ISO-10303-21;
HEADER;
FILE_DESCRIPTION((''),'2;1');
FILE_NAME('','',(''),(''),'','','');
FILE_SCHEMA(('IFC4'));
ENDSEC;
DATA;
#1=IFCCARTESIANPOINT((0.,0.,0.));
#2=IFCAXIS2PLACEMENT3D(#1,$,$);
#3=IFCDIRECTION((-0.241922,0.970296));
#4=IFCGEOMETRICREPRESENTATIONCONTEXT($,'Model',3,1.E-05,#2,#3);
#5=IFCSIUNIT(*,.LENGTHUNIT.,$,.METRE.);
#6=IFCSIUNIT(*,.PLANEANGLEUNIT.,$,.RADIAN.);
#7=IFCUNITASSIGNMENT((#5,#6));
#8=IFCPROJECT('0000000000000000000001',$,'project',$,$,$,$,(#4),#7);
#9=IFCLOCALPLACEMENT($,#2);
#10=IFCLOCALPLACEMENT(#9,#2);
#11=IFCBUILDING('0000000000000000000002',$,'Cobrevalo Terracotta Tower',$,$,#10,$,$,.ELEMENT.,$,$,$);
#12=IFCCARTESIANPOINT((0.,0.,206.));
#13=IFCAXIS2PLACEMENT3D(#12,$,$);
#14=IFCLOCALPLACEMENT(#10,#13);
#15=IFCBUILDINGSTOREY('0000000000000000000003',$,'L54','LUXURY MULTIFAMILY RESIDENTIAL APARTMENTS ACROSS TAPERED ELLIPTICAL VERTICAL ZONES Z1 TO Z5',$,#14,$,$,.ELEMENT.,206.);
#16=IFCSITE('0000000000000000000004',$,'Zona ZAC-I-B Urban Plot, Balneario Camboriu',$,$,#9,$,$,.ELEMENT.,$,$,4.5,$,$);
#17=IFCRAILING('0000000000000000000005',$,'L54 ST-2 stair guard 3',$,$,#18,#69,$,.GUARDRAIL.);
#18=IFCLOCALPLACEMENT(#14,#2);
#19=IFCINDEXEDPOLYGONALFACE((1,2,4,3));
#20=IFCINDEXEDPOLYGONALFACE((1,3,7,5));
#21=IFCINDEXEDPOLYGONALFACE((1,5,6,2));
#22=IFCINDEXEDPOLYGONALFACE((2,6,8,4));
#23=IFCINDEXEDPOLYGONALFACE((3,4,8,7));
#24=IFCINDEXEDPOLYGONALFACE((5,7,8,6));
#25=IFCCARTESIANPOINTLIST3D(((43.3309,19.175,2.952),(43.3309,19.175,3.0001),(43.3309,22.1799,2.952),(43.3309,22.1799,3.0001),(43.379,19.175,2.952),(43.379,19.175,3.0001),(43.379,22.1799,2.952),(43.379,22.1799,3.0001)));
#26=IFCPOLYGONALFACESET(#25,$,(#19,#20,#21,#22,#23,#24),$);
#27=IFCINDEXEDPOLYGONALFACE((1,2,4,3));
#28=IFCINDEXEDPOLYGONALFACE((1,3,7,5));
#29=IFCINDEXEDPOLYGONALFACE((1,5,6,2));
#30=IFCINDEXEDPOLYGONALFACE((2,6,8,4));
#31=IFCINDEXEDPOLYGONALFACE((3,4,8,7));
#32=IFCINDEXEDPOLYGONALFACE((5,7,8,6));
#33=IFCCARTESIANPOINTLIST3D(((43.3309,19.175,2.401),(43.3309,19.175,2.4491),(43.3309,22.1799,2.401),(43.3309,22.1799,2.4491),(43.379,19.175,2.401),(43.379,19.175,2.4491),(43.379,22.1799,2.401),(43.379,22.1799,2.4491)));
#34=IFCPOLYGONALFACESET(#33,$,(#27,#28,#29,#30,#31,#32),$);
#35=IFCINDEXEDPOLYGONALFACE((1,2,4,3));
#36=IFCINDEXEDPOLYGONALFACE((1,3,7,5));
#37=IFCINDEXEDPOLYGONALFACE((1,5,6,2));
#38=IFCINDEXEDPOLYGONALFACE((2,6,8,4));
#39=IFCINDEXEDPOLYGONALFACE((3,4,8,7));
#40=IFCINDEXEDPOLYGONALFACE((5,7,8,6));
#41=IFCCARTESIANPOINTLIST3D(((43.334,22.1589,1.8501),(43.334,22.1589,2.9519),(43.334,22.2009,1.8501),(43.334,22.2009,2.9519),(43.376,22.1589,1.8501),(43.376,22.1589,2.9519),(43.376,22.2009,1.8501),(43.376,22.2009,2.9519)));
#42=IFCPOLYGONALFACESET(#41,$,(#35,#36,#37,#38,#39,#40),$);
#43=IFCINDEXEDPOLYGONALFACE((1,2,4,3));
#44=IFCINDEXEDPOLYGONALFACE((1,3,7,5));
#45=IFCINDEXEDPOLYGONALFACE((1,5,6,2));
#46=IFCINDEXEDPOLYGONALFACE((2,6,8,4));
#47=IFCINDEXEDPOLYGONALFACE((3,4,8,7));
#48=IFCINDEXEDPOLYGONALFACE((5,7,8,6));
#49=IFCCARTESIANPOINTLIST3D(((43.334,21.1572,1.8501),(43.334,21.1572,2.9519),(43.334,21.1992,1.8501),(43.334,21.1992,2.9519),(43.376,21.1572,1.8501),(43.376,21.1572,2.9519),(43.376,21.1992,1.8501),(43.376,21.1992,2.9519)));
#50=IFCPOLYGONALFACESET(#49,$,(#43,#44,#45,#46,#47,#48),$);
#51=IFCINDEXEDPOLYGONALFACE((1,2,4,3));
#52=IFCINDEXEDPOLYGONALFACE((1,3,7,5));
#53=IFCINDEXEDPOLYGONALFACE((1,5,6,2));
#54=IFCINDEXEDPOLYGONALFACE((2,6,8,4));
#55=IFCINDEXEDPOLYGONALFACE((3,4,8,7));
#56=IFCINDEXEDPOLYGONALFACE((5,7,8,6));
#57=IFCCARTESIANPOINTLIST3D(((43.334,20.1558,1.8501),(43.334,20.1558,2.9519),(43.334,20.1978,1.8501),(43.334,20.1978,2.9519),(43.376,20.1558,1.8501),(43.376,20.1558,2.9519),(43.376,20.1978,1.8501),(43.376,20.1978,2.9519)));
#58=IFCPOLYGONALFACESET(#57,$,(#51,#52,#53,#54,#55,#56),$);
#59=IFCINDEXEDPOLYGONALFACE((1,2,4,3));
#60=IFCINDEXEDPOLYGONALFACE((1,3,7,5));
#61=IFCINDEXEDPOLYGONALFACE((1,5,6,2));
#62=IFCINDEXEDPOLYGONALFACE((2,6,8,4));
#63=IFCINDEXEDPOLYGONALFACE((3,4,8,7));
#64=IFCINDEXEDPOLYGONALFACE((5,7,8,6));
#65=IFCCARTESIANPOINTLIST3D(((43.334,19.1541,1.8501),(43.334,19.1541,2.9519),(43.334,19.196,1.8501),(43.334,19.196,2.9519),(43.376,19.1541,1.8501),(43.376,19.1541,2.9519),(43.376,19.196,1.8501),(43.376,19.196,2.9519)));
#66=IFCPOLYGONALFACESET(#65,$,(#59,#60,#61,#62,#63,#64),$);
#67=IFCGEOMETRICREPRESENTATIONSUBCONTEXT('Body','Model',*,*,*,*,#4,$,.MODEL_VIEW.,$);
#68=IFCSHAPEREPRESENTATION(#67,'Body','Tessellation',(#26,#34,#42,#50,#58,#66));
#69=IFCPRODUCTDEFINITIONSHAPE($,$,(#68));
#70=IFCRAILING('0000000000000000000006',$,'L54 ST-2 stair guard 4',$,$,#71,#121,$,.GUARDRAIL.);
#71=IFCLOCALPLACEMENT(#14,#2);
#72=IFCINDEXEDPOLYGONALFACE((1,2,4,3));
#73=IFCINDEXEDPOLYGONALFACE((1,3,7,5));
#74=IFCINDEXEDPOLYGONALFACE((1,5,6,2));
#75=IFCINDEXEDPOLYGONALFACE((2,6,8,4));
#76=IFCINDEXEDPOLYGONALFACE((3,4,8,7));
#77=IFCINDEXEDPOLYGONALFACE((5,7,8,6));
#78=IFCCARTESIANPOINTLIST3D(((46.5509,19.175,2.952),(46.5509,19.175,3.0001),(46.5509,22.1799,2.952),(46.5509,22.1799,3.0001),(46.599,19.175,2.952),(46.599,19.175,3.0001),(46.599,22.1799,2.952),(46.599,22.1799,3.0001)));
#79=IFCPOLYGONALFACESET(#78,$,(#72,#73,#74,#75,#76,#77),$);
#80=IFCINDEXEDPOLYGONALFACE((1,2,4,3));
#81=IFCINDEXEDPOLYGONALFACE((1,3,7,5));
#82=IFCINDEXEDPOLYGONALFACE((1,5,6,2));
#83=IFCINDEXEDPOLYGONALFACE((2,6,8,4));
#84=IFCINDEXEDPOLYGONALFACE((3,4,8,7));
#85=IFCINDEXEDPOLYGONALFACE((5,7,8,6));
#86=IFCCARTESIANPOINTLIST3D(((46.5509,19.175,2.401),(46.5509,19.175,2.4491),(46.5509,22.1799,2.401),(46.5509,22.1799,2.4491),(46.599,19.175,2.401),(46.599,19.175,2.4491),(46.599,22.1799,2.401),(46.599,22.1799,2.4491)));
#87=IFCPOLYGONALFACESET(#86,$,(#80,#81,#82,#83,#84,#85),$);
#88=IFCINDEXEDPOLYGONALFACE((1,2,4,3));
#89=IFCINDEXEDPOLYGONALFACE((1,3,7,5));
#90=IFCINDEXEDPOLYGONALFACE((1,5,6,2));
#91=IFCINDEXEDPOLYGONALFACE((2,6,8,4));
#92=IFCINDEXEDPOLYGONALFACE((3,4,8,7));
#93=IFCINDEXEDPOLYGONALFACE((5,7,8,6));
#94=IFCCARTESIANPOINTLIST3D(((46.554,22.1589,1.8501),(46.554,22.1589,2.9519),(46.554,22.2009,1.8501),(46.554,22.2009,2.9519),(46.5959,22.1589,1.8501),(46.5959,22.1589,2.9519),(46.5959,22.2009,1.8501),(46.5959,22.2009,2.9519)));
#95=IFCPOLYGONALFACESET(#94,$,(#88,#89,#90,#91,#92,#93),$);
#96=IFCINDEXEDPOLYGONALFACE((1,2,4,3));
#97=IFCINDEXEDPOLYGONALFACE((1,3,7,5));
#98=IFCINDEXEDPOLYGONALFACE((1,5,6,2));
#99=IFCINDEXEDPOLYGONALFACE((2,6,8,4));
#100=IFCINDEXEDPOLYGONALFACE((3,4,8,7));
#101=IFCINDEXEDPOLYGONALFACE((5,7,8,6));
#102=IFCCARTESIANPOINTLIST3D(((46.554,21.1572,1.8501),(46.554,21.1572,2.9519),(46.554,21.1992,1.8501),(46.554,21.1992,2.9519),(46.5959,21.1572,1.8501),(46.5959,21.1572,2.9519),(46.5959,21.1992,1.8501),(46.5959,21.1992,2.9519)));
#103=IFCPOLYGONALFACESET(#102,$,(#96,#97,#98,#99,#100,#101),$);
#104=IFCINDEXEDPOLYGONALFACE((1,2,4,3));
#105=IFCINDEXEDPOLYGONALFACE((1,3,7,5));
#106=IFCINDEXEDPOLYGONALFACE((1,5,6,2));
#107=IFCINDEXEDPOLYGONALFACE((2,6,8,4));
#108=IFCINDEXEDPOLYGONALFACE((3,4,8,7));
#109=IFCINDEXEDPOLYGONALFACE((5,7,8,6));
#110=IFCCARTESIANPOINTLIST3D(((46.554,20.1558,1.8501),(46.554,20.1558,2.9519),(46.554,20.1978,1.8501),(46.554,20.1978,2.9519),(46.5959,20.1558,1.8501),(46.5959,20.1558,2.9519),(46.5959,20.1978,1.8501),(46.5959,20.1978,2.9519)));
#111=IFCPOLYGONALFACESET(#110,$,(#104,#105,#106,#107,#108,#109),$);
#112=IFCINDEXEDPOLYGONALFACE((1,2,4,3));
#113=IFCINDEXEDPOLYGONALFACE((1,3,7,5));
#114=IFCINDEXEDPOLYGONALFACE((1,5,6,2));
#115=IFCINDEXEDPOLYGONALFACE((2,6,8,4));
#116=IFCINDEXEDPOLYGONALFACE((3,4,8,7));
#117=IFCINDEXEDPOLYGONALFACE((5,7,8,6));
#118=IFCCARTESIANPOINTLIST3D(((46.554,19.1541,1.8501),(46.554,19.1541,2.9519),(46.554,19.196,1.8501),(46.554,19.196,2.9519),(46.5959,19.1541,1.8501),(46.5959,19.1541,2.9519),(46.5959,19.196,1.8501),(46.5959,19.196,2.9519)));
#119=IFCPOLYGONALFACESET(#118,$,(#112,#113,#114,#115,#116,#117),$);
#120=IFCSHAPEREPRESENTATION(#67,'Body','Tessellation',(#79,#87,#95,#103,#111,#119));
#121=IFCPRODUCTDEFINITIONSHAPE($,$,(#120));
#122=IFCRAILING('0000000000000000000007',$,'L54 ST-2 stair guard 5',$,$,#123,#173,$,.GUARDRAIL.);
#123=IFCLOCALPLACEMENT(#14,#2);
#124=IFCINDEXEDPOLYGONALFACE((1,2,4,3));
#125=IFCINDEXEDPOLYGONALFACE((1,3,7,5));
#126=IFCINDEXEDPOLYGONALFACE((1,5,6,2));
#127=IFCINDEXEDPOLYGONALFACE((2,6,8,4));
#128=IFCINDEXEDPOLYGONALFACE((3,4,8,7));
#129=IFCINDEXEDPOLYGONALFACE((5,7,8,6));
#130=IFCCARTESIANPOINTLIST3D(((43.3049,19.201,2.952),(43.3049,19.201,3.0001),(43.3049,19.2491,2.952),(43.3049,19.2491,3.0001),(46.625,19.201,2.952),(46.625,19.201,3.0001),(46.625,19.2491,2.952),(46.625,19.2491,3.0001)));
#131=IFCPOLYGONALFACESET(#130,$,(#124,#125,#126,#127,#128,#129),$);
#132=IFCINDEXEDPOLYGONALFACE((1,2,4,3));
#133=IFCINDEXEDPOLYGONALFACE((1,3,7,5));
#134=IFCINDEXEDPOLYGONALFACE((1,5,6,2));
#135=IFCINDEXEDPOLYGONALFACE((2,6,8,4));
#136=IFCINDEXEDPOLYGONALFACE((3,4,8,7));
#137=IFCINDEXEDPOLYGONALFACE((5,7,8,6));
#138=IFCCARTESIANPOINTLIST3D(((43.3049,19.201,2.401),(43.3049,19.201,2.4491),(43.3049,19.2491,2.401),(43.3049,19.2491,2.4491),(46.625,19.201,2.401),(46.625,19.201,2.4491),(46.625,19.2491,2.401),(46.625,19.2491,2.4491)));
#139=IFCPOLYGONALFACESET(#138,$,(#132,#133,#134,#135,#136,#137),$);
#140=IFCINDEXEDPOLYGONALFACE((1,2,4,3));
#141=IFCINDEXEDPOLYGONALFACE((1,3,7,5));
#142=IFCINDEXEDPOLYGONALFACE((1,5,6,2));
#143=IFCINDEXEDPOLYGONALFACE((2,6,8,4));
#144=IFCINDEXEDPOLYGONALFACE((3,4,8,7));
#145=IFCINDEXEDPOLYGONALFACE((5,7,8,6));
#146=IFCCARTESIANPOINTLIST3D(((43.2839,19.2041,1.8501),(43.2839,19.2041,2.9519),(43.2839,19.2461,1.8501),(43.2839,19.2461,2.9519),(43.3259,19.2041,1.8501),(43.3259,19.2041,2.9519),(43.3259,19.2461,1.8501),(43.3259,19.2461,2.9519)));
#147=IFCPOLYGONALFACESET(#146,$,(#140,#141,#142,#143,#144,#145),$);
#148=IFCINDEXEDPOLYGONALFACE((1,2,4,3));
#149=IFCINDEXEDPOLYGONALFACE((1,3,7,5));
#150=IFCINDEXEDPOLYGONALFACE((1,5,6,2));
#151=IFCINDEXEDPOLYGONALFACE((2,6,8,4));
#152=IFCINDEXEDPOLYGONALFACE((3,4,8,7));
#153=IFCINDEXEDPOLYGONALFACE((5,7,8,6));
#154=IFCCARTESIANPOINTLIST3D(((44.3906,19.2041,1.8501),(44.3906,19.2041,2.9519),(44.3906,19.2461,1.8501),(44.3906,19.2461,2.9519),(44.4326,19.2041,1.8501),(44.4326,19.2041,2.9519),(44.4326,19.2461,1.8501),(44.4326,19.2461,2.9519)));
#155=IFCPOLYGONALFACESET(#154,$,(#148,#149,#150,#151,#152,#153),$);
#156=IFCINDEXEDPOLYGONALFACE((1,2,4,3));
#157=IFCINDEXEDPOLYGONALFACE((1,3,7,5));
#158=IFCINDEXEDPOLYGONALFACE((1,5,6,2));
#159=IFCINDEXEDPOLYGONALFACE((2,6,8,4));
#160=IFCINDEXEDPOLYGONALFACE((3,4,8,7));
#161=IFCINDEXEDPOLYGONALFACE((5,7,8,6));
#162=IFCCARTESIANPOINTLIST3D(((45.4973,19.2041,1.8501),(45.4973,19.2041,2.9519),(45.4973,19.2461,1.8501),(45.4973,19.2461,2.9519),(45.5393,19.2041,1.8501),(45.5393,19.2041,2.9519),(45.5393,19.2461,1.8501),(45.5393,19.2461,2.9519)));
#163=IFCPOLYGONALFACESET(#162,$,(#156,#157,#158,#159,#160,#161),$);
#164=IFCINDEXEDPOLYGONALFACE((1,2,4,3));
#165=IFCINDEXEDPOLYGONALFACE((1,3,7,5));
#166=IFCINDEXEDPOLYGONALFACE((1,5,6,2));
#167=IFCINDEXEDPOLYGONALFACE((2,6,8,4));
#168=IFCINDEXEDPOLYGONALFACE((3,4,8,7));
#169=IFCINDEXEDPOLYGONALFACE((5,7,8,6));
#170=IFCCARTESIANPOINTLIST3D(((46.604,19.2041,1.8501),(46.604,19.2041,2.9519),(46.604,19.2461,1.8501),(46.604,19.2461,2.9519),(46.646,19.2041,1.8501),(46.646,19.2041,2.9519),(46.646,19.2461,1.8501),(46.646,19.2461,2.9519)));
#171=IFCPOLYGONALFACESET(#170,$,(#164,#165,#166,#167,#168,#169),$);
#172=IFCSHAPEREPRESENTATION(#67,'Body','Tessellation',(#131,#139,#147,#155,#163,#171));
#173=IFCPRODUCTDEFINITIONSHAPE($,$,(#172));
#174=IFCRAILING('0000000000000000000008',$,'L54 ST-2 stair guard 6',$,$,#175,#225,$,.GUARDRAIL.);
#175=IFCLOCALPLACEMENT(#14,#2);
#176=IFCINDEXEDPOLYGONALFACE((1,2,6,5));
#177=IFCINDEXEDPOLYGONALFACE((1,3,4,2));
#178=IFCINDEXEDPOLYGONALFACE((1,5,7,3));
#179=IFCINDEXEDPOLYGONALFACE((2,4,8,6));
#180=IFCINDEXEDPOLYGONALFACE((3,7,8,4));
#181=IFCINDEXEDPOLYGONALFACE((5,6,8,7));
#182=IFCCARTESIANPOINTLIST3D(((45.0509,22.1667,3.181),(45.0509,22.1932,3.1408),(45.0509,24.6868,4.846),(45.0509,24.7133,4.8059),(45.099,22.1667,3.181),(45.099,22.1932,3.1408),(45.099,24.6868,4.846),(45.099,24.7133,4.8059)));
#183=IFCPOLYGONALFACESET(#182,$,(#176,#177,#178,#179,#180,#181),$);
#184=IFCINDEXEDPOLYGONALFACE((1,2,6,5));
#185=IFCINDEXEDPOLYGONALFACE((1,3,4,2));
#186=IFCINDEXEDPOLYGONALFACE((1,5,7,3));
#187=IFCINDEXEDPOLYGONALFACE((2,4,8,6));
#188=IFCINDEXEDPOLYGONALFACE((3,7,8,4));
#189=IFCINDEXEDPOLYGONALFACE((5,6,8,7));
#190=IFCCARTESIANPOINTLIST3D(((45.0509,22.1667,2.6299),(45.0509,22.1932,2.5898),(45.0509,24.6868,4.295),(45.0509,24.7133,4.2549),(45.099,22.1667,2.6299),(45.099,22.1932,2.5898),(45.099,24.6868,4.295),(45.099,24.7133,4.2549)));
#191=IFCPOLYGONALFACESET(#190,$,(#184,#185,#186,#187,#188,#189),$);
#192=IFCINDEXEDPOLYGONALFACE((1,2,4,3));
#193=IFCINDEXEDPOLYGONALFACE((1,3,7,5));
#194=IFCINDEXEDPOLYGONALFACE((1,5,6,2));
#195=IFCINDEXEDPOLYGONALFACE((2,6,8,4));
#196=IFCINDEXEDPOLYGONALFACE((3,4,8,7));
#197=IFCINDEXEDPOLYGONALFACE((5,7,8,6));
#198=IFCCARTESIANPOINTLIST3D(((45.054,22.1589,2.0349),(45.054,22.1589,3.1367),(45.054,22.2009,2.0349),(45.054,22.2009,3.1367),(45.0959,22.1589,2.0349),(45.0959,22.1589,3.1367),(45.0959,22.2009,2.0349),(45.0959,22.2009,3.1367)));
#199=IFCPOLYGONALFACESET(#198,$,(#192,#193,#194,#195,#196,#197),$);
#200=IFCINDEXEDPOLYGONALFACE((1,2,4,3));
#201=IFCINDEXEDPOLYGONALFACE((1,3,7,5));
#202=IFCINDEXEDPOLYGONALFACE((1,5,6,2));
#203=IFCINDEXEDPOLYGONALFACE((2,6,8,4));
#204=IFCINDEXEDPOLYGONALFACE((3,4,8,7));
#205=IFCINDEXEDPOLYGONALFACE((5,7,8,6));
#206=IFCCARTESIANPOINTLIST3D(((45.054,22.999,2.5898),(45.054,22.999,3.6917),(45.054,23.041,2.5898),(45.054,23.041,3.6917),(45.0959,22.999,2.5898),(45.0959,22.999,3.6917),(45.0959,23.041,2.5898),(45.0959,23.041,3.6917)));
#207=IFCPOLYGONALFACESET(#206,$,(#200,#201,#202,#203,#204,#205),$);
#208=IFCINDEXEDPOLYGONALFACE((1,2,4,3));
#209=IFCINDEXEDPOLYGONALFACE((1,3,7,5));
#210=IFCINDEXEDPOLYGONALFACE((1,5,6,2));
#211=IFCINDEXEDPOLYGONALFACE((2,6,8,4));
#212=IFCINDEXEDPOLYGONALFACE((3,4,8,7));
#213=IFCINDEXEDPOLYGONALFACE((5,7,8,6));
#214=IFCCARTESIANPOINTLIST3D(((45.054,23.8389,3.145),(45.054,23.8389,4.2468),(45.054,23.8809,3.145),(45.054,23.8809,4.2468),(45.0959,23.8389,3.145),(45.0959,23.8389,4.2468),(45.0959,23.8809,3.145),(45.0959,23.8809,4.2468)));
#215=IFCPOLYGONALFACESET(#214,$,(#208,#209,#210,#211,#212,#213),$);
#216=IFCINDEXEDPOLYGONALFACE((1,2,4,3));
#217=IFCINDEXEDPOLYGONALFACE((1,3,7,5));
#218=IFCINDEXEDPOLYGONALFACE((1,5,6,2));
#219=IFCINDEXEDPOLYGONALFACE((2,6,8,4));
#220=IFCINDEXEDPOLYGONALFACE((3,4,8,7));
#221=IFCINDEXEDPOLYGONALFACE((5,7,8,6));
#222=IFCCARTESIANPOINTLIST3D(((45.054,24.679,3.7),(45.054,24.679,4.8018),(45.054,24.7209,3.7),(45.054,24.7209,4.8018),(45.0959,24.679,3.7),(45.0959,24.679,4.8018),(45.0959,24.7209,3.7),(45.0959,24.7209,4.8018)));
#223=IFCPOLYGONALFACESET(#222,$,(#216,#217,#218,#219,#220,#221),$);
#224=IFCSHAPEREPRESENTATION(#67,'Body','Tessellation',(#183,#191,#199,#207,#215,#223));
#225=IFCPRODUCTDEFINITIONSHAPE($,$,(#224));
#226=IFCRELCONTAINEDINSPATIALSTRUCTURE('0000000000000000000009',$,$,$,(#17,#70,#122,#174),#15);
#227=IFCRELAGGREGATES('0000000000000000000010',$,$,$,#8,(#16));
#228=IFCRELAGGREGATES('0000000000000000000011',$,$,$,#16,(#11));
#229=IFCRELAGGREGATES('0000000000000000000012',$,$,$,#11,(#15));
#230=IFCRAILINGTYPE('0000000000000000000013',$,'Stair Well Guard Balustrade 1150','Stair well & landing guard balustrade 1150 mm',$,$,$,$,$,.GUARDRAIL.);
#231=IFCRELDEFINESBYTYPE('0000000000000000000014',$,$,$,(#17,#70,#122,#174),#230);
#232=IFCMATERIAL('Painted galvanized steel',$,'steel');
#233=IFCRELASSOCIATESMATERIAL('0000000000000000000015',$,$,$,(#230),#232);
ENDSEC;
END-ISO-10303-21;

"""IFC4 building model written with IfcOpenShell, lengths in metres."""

from ifc_helpers import new_model, si_unit, direction, frame, origin, origin_2d, place, context, subcontext, project, spatial, rectangle, extrude, material, type_object, element, save


model = new_model("IFC4")

# Units and contexts
model_context = context("Model", 3, precision=1e-05, world=origin(), true_north=direction((-0.241922, 0.970296)))
body_context = subcontext(model_context, "Body", "Model", "MODEL_VIEW")
ifc_project = project(units=[si_unit("LENGTHUNIT", "METRE"), si_unit("PLANEANGLEUNIT", "RADIAN")], contexts=[model_context])

# Site, building, storey
site_placement = place(None, origin())
site = spatial("IfcSite", under=ifc_project, at=site_placement, Name="Zona ZAC-I-B Urban Plot, Balneario Camboriu", CompositionType="ELEMENT", RefElevation=4.5)
building_placement = place(site_placement, origin())
building = spatial("IfcBuilding", under=site, at=building_placement, Name="Cobrevalo Terracotta Tower", CompositionType="ELEMENT")
storey_placement = place(building_placement, frame((0.0, 0.0, 206.0)))
storey = spatial("IfcBuildingStorey", under=building, at=storey_placement, Name="L54", Description="LUXURY MULTIFAMILY RESIDENTIAL APARTMENTS ACROSS TAPERED ELLIPTICAL VERTICAL ZONES Z1 TO Z5", CompositionType="ELEMENT", Elevation=206.0)

# Railings
ifc_material_1 = material(Name="Painted galvanized steel", Category="steel")
railing_type_1 = type_object("IfcRailingType", Name="Stair Well Guard Balustrade 1150", Description="Stair well & landing guard balustrade 1150 mm", PredefinedType="GUARDRAIL", material=ifc_material_1)
for number, where, name in (
    (1, (43.355, 22.1799, 1.8501), "L54 ST-2 stair guard 3"),
    (2, (46.575, 22.1799, 1.8501), "L54 ST-2 stair guard 4"),
):
    element("IfcRailing", number, at=place(storey_placement, frame(where)), inside=storey, type_object=railing_type_1, Name=name, PredefinedType="GUARDRAIL", context=body_context, shape_type="SweptSolid", body=[
        extrude(rectangle(XDim=0.0481, YDim=0.0481, at=origin_2d()), frame((0.0, 0.0, 1.126), z_axis=(0.0, -1.0, 0.0), x_axis=(1.0, 0.0, 0.0)), (0.0, 0.0, 1.0), 3.0049),
        extrude(rectangle(XDim=0.0481, YDim=0.0481, at=origin_2d()), frame((0.0, 0.0, 0.575), z_axis=(0.0, -1.0, 0.0), x_axis=(1.0, 0.0, 0.0)), (0.0, 0.0, 1.0), 3.0049),
        extrude(rectangle(XDim=0.042, YDim=0.042, at=origin_2d()), origin(), (0.0, 0.0, 1.0), 1.1018),
        extrude(rectangle(XDim=0.042, YDim=0.042, at=origin_2d()), frame((0.0, -1.0017, 0.0)), (0.0, 0.0, 1.0), 1.1018),
        extrude(rectangle(XDim=0.042, YDim=0.042, at=origin_2d()), frame((0.0, -2.0032, 0.0)), (0.0, 0.0, 1.0), 1.1018),
        extrude(rectangle(XDim=0.042, YDim=0.042, at=origin_2d()), frame((0.0, -3.0049, 0.0)), (0.0, 0.0, 1.0), 1.1018),
    ])
railing_1_placement = place(storey_placement, frame((43.3049, 19.2251, 1.8501)))
element("IfcRailing", 3, at=railing_1_placement, inside=storey, type_object=railing_type_1, Name="L54 ST-2 stair guard 5", PredefinedType="GUARDRAIL", context=body_context, shape_type="SweptSolid", body=[
    extrude(rectangle(XDim=0.0481, YDim=0.0481, at=origin_2d()), frame((0.0, 0.0, 1.126), z_axis=(1.0, 0.0, 0.0), x_axis=(0.0, 1.0, 0.0)), (0.0, 0.0, 1.0), 3.3201),
    extrude(rectangle(XDim=0.0481, YDim=0.0481, at=origin_2d()), frame((0.0, 0.0, 0.575), z_axis=(1.0, 0.0, 0.0), x_axis=(0.0, 1.0, 0.0)), (0.0, 0.0, 1.0), 3.3201),
    extrude(rectangle(XDim=0.042, YDim=0.042, at=origin_2d()), origin(), (0.0, 0.0, 1.0), 1.1018),
    extrude(rectangle(XDim=0.042, YDim=0.042, at=origin_2d()), frame((1.1067, 0.0, 0.0)), (0.0, 0.0, 1.0), 1.1018),
    extrude(rectangle(XDim=0.042, YDim=0.042, at=origin_2d()), frame((2.2134, 0.0, 0.0)), (0.0, 0.0, 1.0), 1.1018),
    extrude(rectangle(XDim=0.042, YDim=0.042, at=origin_2d()), frame((3.3201, 0.0, 0.0)), (0.0, 0.0, 1.0), 1.1018),
])
railing_2_placement = place(storey_placement, frame((45.075, 22.1799, 2.0349)))
element("IfcRailing", 4, at=railing_2_placement, inside=storey, type_object=railing_type_1, Name="L54 ST-2 stair guard 6", PredefinedType="GUARDRAIL", context=body_context, shape_type="SweptSolid", body=[
    extrude(rectangle(XDim=0.0481, YDim=0.0481, at=origin_2d()), frame((0.0, 0.0, 1.126), z_axis=(0.0, 0.834331, 0.551263), x_axis=(-1.0, 0.0, 0.0)), (0.0, 0.0, 1.0), 3.0205),
    extrude(rectangle(XDim=0.0481, YDim=0.0481, at=origin_2d()), frame((0.0, 0.0, 0.575), z_axis=(0.0, 0.834331, 0.551263), x_axis=(-1.0, 0.0, 0.0)), (0.0, 0.0, 1.0), 3.0205),
    extrude(rectangle(XDim=0.042, YDim=0.042, at=origin_2d()), origin(), (0.0, 0.0, 1.0), 1.1018),
    extrude(rectangle(XDim=0.042, YDim=0.042, at=origin_2d()), frame((0.0, 0.8401, 0.5549)), (0.0, 0.0, 1.0), 1.1018),
    extrude(rectangle(XDim=0.042, YDim=0.042, at=origin_2d()), frame((0.0, 1.6799, 1.1101)), (0.0, 0.0, 1.0), 1.1018),
    extrude(rectangle(XDim=0.042, YDim=0.042, at=origin_2d()), frame((0.0, 2.52, 1.665)), (0.0, 0.0, 1.0), 1.1018),
])

save(model, "model.ifc")
